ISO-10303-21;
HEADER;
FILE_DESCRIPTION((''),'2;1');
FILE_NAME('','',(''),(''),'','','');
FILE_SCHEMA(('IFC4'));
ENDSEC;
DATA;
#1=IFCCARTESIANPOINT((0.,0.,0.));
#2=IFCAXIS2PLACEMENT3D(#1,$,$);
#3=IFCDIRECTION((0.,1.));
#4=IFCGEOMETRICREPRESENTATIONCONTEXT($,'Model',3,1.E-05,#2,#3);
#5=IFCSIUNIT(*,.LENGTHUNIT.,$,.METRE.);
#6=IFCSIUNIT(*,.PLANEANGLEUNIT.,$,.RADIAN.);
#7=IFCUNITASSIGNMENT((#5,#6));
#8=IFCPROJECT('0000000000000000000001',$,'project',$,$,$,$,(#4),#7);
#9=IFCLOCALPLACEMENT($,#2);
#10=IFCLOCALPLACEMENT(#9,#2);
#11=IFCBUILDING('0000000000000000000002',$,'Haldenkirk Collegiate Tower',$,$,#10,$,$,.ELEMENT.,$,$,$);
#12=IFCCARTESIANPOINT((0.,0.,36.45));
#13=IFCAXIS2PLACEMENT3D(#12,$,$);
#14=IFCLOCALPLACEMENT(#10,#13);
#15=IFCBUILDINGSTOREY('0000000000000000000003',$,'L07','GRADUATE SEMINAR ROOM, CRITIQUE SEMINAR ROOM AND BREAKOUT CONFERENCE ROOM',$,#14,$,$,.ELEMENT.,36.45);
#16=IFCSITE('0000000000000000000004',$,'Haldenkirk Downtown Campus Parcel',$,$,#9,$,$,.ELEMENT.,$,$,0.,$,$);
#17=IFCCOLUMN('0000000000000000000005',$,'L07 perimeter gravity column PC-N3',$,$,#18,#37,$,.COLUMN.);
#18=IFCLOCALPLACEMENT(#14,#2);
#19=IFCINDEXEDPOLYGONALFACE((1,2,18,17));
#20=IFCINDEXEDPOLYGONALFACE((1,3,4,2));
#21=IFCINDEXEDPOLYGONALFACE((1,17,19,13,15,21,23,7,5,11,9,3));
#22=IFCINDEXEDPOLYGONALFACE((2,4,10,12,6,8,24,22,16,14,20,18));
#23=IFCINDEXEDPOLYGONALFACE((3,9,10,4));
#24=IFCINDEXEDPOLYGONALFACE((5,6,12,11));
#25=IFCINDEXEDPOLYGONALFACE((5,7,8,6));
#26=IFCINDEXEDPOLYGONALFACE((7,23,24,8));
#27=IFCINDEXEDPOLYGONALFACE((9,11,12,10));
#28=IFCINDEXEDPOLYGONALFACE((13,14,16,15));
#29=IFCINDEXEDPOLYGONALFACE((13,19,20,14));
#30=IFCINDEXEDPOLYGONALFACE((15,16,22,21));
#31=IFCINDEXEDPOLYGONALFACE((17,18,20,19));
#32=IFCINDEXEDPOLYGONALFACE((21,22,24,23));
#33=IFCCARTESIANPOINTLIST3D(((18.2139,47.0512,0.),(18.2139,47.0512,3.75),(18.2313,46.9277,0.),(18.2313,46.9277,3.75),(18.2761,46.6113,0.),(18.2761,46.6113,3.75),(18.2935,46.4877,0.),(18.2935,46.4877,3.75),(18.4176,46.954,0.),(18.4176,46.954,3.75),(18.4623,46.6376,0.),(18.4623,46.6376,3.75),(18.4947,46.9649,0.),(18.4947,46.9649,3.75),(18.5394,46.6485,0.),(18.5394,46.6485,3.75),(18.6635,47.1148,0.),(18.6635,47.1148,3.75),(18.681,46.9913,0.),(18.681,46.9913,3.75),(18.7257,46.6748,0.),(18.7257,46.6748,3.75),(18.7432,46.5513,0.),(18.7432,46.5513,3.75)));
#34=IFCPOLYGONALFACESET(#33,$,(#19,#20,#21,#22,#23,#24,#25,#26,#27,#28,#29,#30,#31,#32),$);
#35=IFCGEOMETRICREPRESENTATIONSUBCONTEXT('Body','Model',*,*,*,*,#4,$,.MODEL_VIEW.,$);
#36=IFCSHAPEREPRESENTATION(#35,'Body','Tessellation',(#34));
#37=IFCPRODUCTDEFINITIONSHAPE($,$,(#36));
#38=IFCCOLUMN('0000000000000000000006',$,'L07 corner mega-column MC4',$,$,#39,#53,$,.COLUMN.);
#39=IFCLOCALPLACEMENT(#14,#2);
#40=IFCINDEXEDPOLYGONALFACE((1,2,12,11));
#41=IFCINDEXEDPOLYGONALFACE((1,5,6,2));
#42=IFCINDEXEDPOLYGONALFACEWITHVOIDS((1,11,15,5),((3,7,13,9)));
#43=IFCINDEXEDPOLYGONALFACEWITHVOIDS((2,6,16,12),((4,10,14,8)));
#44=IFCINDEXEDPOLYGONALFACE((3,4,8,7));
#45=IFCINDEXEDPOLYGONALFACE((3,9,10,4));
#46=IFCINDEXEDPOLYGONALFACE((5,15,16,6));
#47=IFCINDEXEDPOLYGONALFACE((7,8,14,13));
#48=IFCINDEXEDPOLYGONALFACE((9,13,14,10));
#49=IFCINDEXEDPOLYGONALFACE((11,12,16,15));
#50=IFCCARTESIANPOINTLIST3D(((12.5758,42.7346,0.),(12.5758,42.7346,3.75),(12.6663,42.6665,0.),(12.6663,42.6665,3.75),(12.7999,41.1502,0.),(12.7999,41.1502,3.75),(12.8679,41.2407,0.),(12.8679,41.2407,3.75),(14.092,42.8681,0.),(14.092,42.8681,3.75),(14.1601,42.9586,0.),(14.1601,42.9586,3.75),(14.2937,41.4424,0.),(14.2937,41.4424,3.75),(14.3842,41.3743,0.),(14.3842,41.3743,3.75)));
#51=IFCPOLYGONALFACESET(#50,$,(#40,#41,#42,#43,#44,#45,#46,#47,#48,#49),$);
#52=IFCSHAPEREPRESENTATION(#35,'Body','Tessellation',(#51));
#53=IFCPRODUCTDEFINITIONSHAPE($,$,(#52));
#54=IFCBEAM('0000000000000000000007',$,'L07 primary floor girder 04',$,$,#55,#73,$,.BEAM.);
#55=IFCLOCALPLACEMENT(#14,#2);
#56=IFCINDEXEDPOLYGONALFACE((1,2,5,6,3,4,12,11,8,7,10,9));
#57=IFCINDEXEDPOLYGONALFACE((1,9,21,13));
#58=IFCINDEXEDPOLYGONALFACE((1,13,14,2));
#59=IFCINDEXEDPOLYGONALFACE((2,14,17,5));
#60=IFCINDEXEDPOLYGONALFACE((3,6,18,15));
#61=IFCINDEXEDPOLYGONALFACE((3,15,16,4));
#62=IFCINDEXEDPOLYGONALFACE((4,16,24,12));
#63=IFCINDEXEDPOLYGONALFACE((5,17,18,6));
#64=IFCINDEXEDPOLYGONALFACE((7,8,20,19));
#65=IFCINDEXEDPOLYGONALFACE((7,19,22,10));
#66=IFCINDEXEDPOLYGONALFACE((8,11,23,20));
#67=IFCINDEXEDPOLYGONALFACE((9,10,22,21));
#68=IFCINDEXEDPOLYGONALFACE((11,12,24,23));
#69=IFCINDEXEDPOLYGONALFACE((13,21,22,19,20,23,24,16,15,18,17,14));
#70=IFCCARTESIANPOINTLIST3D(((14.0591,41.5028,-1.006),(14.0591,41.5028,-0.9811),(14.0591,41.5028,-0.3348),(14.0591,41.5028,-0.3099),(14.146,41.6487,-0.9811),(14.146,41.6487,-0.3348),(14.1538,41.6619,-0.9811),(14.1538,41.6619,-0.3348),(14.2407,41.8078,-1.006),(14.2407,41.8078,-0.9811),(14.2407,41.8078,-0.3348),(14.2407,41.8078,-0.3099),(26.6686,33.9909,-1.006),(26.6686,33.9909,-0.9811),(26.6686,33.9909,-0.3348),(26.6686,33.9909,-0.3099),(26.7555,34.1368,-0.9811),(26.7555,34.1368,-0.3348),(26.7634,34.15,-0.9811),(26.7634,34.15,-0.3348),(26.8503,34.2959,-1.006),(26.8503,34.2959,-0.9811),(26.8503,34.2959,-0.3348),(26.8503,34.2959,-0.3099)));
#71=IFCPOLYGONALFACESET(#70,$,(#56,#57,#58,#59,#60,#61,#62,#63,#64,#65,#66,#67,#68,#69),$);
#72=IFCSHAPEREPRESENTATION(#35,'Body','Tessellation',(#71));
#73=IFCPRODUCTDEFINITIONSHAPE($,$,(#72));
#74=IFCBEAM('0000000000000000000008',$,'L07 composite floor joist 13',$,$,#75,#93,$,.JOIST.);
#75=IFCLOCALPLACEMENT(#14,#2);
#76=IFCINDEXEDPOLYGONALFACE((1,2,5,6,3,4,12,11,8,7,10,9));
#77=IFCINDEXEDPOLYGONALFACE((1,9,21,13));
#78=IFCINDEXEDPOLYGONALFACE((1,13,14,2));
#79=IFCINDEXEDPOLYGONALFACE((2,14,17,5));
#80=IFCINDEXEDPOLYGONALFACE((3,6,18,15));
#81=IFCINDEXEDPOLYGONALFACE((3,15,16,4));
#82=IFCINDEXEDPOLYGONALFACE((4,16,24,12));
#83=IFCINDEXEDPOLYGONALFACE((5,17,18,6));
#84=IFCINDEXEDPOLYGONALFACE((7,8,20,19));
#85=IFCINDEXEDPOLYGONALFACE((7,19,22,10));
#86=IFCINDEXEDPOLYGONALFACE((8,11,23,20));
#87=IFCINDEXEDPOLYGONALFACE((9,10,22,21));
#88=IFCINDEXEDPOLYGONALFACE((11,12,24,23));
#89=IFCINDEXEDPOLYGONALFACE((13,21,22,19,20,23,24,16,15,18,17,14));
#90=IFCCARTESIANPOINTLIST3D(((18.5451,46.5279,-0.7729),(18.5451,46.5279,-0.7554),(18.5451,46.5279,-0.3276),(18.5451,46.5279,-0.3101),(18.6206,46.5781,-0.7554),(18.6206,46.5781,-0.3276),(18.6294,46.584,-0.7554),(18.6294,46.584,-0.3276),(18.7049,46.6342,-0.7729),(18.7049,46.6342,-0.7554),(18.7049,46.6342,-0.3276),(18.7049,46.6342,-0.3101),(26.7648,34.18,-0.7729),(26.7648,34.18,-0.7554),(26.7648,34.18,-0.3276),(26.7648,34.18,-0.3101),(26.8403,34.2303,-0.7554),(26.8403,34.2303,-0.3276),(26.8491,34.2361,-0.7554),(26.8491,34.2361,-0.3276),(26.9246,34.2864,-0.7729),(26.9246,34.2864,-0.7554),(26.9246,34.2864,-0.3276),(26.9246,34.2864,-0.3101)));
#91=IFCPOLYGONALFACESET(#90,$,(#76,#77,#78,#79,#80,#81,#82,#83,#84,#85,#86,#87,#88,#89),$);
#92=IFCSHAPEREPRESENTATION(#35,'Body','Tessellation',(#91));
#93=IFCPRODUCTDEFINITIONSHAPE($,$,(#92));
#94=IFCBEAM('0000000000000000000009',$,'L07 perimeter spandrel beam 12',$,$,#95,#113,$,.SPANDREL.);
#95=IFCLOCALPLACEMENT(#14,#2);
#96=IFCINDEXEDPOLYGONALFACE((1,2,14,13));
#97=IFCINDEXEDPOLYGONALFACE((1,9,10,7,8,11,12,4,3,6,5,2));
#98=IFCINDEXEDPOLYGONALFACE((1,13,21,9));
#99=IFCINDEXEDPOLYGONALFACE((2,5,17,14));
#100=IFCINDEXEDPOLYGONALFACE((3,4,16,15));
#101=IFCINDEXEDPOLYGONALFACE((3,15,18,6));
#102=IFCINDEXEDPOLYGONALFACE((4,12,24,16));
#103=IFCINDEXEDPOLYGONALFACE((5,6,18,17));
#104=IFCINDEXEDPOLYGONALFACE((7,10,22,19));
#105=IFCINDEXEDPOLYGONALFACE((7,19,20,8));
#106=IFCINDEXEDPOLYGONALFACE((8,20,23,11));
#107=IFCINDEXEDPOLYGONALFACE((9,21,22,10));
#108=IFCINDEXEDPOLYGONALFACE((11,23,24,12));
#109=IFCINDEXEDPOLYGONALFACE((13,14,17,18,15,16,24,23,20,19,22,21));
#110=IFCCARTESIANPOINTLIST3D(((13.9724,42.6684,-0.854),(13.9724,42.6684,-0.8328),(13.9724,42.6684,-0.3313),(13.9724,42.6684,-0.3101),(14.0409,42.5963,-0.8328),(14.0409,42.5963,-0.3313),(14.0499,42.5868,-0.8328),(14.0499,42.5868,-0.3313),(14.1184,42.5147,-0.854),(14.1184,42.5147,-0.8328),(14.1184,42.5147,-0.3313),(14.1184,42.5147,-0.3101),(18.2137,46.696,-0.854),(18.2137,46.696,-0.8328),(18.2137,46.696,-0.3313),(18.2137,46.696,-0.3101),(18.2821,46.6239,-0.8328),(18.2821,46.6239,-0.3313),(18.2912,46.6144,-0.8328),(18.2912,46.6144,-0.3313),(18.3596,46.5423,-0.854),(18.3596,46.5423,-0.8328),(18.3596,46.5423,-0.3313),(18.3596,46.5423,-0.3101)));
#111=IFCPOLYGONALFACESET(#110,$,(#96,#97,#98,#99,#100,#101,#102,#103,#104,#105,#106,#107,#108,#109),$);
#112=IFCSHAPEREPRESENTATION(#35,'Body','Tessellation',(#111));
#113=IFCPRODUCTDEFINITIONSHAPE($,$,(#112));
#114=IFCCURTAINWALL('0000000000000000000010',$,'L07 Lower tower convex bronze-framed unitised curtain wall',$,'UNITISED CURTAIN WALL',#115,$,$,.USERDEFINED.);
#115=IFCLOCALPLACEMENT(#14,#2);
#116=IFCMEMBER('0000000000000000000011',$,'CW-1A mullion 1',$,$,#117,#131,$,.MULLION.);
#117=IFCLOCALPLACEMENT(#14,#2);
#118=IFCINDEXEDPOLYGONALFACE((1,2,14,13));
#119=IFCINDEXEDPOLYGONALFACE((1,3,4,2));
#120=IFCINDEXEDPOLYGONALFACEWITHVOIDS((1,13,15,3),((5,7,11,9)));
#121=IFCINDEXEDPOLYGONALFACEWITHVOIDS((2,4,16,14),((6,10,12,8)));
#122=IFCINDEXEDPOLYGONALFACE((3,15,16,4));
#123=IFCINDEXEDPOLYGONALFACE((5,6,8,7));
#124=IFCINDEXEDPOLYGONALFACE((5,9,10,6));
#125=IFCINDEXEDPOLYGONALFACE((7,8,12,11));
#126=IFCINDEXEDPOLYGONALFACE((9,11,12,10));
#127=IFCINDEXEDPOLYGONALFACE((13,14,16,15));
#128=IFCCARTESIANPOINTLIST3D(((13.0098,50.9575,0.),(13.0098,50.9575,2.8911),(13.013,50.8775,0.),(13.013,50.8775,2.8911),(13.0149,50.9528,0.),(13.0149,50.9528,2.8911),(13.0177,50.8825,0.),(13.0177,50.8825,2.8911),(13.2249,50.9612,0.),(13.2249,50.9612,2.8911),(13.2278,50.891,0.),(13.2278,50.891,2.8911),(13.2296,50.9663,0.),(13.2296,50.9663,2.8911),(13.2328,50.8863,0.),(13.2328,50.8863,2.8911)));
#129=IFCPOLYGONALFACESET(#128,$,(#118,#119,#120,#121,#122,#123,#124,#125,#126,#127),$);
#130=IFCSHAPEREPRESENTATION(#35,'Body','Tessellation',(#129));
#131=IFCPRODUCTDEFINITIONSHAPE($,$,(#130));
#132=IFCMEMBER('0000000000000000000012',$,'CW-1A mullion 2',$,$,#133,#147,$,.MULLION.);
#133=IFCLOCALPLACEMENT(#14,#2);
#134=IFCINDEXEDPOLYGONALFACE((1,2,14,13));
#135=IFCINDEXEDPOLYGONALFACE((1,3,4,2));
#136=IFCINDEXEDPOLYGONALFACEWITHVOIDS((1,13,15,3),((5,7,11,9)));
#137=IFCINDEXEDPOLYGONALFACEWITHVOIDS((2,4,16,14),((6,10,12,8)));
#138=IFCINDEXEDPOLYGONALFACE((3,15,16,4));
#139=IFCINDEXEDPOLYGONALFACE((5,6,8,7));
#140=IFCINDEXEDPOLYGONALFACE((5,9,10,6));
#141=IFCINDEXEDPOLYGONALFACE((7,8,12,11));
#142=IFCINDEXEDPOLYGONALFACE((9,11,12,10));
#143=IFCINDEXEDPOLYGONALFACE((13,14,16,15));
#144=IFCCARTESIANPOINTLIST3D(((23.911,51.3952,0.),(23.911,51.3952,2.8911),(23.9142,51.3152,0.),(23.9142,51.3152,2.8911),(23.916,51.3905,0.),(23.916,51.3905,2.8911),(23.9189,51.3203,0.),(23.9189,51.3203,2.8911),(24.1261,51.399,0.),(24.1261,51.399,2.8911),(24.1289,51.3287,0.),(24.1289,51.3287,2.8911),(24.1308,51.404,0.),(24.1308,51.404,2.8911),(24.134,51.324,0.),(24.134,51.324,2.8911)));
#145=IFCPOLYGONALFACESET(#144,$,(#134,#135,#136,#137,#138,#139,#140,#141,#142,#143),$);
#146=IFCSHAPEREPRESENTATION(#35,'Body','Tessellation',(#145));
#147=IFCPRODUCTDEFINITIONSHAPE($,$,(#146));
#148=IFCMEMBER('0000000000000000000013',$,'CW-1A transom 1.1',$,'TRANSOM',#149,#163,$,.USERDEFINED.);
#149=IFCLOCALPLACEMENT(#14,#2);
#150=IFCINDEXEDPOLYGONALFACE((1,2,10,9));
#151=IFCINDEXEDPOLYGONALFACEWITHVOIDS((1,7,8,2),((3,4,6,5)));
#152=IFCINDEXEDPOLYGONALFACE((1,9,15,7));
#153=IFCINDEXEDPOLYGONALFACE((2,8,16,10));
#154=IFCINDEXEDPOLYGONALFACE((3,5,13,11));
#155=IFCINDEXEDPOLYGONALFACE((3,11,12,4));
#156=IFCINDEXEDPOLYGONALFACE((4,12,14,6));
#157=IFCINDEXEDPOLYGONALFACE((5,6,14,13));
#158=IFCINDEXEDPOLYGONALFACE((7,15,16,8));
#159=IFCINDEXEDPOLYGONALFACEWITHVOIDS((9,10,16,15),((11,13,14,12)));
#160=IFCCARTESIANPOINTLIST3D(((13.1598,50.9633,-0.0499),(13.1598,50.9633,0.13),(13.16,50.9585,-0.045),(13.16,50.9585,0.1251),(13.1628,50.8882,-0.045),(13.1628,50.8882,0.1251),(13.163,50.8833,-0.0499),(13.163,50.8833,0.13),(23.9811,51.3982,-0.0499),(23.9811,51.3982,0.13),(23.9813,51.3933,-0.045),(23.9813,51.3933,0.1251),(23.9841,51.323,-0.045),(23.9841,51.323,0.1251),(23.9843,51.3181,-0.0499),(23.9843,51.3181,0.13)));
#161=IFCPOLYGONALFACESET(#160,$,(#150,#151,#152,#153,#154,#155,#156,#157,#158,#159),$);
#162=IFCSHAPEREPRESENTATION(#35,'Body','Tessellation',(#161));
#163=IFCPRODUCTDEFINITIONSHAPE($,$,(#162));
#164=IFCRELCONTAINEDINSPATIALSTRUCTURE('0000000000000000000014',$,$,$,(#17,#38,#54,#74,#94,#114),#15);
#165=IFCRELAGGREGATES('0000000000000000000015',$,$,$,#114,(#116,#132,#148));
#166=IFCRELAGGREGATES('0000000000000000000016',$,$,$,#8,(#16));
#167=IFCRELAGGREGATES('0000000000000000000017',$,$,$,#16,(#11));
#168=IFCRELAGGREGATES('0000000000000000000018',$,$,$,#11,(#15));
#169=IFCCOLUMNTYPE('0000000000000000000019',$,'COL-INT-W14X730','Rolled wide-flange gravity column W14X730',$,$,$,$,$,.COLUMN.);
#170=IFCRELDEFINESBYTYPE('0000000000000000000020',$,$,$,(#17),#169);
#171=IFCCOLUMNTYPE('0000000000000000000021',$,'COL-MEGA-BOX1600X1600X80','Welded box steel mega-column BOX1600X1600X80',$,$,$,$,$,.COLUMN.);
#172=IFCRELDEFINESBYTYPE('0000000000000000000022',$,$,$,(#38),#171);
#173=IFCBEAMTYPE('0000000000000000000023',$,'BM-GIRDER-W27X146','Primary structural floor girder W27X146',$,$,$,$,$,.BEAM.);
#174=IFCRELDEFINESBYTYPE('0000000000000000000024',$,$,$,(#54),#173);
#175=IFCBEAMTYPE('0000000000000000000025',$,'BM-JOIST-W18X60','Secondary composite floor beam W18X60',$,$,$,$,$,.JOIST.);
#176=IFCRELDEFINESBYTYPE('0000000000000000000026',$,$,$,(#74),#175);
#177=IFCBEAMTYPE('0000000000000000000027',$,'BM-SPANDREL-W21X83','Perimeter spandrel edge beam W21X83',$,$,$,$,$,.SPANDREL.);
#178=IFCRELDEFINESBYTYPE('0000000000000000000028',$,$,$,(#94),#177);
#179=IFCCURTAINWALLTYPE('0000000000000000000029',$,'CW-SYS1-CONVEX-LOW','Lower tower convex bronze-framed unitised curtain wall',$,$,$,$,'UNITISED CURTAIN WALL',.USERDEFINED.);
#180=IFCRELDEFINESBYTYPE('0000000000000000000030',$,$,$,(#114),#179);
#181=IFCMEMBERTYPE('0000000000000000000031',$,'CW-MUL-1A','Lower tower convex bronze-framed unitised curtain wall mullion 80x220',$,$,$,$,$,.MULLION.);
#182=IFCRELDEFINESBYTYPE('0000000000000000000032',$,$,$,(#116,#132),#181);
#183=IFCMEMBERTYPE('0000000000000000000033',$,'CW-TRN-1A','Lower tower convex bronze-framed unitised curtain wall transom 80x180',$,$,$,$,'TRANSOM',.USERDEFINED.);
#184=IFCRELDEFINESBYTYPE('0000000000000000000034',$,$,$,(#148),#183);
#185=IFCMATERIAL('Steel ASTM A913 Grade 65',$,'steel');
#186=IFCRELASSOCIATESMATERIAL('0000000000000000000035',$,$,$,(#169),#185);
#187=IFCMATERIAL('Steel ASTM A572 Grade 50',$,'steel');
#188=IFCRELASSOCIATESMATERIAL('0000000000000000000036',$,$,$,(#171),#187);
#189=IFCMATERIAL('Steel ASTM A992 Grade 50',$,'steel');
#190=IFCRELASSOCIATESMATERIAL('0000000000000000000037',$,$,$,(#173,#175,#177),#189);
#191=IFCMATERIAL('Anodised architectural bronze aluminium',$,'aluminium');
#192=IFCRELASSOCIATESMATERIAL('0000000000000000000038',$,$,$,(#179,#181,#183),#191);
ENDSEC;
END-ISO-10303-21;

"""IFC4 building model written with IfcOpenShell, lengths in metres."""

from ifc_helpers import new_model, si_unit, direction, frame, origin, origin_2d, place, context, subcontext, project, spatial, hollow_rectangle, i_section, extrude, material, material_profile, profile_set, type_object, element, aggregate, save


model = new_model("IFC4")

# Units and contexts
model_context = context("Model", 3, precision=1e-05, world=origin(), true_north=direction((0.0, 1.0)))
body_context = subcontext(model_context, "Body", "Model", "MODEL_VIEW")
ifc_project = project(units=[si_unit("LENGTHUNIT", "METRE"), si_unit("PLANEANGLEUNIT", "RADIAN")], contexts=[model_context])

# Site, building, storey
site_placement = place(None, origin())
site = spatial("IfcSite", under=ifc_project, at=site_placement, Name="Haldenkirk Downtown Campus Parcel", CompositionType="ELEMENT", RefElevation=0.0)
building_placement = place(site_placement, origin())
building = spatial("IfcBuilding", under=site, at=building_placement, Name="Haldenkirk Collegiate Tower", CompositionType="ELEMENT")
storey_placement = place(building_placement, frame((0.0, 0.0, 36.45)))
storey = spatial("IfcBuildingStorey", under=building, at=storey_placement, Name="L07", Description="GRADUATE SEMINAR ROOM, CRITIQUE SEMINAR ROOM AND BREAKOUT CONFERENCE ROOM", CompositionType="ELEMENT", Elevation=36.45)

# Columns
ifc_material_1 = material(Name="Steel ASTM A913 Grade 65", Category="steel")
ifc_material_profile_1 = material_profile(ifc_material_1, i_section(OverallWidth=0.4541, OverallDepth=0.5691, WebThickness=0.0779, FlangeThickness=0.1248, at=origin_2d()), Name="W14X730")
ifc_profile_set_1 = profile_set([ifc_material_profile_1], Name="Steel ASTM A913 Grade 65")
column_type_1 = type_object("IfcColumnType", Name="COL-INT-W14X730", Description="Rolled wide-flange gravity column W14X730", PredefinedType="COLUMN", material=ifc_profile_set_1)
column_1_placement = place(storey_placement, frame((18.4785, 46.8013, 0.0), z_axis=(0.0, 0.0, 1.0), x_axis=(0.990146, 0.140037, 0.0)))
element("IfcColumn", 1, at=column_1_placement, inside=storey, type_object=column_type_1, Name="L07 perimeter gravity column PC-N3", PredefinedType="COLUMN", context=body_context, shape_type="SweptSolid", body=[
    extrude(i_section(OverallWidth=0.4541, OverallDepth=0.5691, WebThickness=0.0779, FlangeThickness=0.1248, at=origin_2d()), origin(), (0.0, 0.0, 1.0), 3.75),
])
ifc_material_2 = material(Name="Steel ASTM A572 Grade 50", Category="steel")
ifc_material_profile_2 = material_profile(ifc_material_2, hollow_rectangle(XDim=1.6001, YDim=1.6001, WallThickness=0.0801, at=origin_2d()), Name="BOX1600X1600X80")
ifc_profile_set_2 = profile_set([ifc_material_profile_2], Name="Steel ASTM A572 Grade 50")
column_type_2 = type_object("IfcColumnType", Name="COL-MEGA-BOX1600X1600X80", Description="Welded box steel mega-column BOX1600X1600X80", PredefinedType="COLUMN", material=ifc_profile_set_2)
column_2_placement = place(storey_placement, frame((13.48, 42.0544, 0.0), z_axis=(0.0, 0.0, 1.0), x_axis=(0.990146, 0.140037, 0.0)))
element("IfcColumn", 2, at=column_2_placement, inside=storey, type_object=column_type_2, Name="L07 corner mega-column MC4", PredefinedType="COLUMN", context=body_context, shape_type="SweptSolid", body=[
    extrude(hollow_rectangle(XDim=1.6001, YDim=1.6001, WallThickness=0.0801, at=origin_2d()), origin(), (0.0, 0.0, 1.0), 3.75),
])

# Beams
ifc_material_3 = material(Name="Steel ASTM A992 Grade 50", Category="steel")
ifc_material_profile_3 = material_profile(ifc_material_3, i_section(OverallWidth=0.355, OverallDepth=0.696, WebThickness=0.0154, FlangeThickness=0.0249, at=origin_2d()), Name="W27X146")
ifc_profile_set_3 = profile_set([ifc_material_profile_3], Name="Steel ASTM A992 Grade 50")
beam_type_1 = type_object("IfcBeamType", Name="BM-GIRDER-W27X146", Description="Primary structural floor girder W27X146", PredefinedType="BEAM", material=ifc_profile_set_3)
beam_1_placement = place(storey_placement, frame((14.1499, 41.6553, -0.658), z_axis=(0.859106, -0.511798, 0.0), x_axis=(0.511798, 0.859106, 0.0)))
element("IfcBeam", 3, at=beam_1_placement, inside=storey, type_object=beam_type_1, Name="L07 primary floor girder 04", PredefinedType="BEAM", context=body_context, shape_type="SweptSolid", body=[
    extrude(i_section(OverallWidth=0.355, OverallDepth=0.696, WebThickness=0.0154, FlangeThickness=0.0249, at=origin_2d()), origin(), (0.0, 0.0, 1.0), 14.6775),
])
ifc_material_profile_4 = material_profile(ifc_material_3, i_section(OverallWidth=0.1919, OverallDepth=0.4629, WebThickness=0.0105, FlangeThickness=0.0176, at=origin_2d()), Name="W18X60")
ifc_profile_set_4 = profile_set([ifc_material_profile_4], Name="Steel ASTM A992 Grade 50")
beam_type_2 = type_object("IfcBeamType", Name="BM-JOIST-W18X60", Description="Secondary composite floor beam W18X60", PredefinedType="JOIST", material=ifc_profile_set_4)
beam_2_placement = place(storey_placement, frame((18.625, 46.5811, -0.5415), z_axis=(0.55413, -0.83243, 0.0), x_axis=(0.83243, 0.55413, 0.0)))
element("IfcBeam", 4, at=beam_2_placement, inside=storey, type_object=beam_type_2, Name="L07 composite floor joist 13", PredefinedType="JOIST", context=body_context, shape_type="SweptSolid", body=[
    extrude(i_section(OverallWidth=0.1919, OverallDepth=0.4629, WebThickness=0.0105, FlangeThickness=0.0176, at=origin_2d()), origin(), (0.0, 0.0, 1.0), 14.8335),
])
ifc_material_profile_5 = material_profile(ifc_material_3, i_section(OverallWidth=0.2119, OverallDepth=0.5439, WebThickness=0.0132, FlangeThickness=0.0212, at=origin_2d()), Name="W21X83")
ifc_profile_set_5 = profile_set([ifc_material_profile_5], Name="Steel ASTM A992 Grade 50")
beam_type_3 = type_object("IfcBeamType", Name="BM-SPANDREL-W21X83", Description="Perimeter spandrel edge beam W21X83", PredefinedType="SPANDREL", material=ifc_profile_set_5)
beam_3_placement = place(storey_placement, frame((18.2866, 46.6191, -0.582), z_axis=(-0.725133, -0.688609, 0.0), x_axis=(0.688609, -0.725133, 0.0)))
element("IfcBeam", 5, at=beam_3_placement, inside=storey, type_object=beam_type_3, Name="L07 perimeter spandrel beam 12", PredefinedType="SPANDREL", context=body_context, shape_type="SweptSolid", body=[
    extrude(i_section(OverallWidth=0.2119, OverallDepth=0.5439, WebThickness=0.0132, FlangeThickness=0.0212, at=origin_2d()), origin(), (0.0, 0.0, 1.0), 5.8489),
])

# Curtain wall, members
ifc_material_4 = material(Name="Anodised architectural bronze aluminium", Category="aluminium")
curtain_wall_type = type_object("IfcCurtainWallType", Name="CW-SYS1-CONVEX-LOW", Description="Lower tower convex bronze-framed unitised curtain wall", ElementType="UNITISED CURTAIN WALL", PredefinedType="USERDEFINED", material=ifc_material_4)
curtain_wall_placement = place(storey_placement, origin())
curtain_wall = element("IfcCurtainWall", 6, at=curtain_wall_placement, inside=storey, type_object=curtain_wall_type, Name="L07 Lower tower convex bronze-framed unitised curtain wall", ObjectType="UNITISED CURTAIN WALL", PredefinedType="USERDEFINED")
ifc_material_profile_6 = material_profile(ifc_material_4, hollow_rectangle(XDim=0.0801, YDim=0.22, WallThickness=0.0049, at=origin_2d()), Name="CW-MUL-1A")
ifc_profile_set_6 = profile_set([ifc_material_profile_6], Name="Anodised architectural bronze aluminium")
member_type_1 = type_object("IfcMemberType", Name="CW-MUL-1A", Description="Lower tower convex bronze-framed unitised curtain wall mullion 80x220", PredefinedType="MULLION", material=ifc_profile_set_6)
member_1_placement = place(storey_placement, frame((13.1213, 50.9219, 0.0), z_axis=(0.0, 0.0, 1.0), x_axis=(-0.040135, 0.999194, 0.0)))
member_1 = element("IfcMember", 7, at=member_1_placement, type_object=member_type_1, Name="CW-1A mullion 1", PredefinedType="MULLION", context=body_context, shape_type="SweptSolid", body=[
    extrude(hollow_rectangle(XDim=0.0801, YDim=0.22, WallThickness=0.0049, at=origin_2d()), origin(), (0.0, 0.0, 1.0), 2.8911),
])
member_2_placement = place(storey_placement, frame((24.0225, 51.3596, 0.0), z_axis=(0.0, 0.0, 1.0), x_axis=(-0.040135, 0.999194, 0.0)))
member_2 = element("IfcMember", 8, at=member_2_placement, type_object=member_type_1, Name="CW-1A mullion 2", PredefinedType="MULLION", context=body_context, shape_type="SweptSolid", body=[
    extrude(hollow_rectangle(XDim=0.0801, YDim=0.22, WallThickness=0.0049, at=origin_2d()), origin(), (0.0, 0.0, 1.0), 2.8911),
])
ifc_material_profile_7 = material_profile(ifc_material_4, hollow_rectangle(XDim=0.0801, YDim=0.1799, WallThickness=0.0049, at=origin_2d()), Name="CW-TRN-1A")
ifc_profile_set_7 = profile_set([ifc_material_profile_7], Name="Anodised architectural bronze aluminium")
member_type_2 = type_object("IfcMemberType", Name="CW-TRN-1A", Description="Lower tower convex bronze-framed unitised curtain wall transom 80x180", ElementType="TRANSOM", PredefinedType="USERDEFINED", material=ifc_profile_set_7)
member_3_placement = place(storey_placement, frame((13.1614, 50.9233, 0.04), z_axis=(0.999194, 0.040149, 0.0), x_axis=(-0.040149, 0.999194, 0.0)))
member_3 = element("IfcMember", 9, at=member_3_placement, type_object=member_type_2, Name="CW-1A transom 1.1", ObjectType="TRANSOM", PredefinedType="USERDEFINED", context=body_context, shape_type="SweptSolid", body=[
    extrude(hollow_rectangle(XDim=0.0801, YDim=0.1799, WallThickness=0.0049, at=origin_2d()), origin(), (0.0, 0.0, 1.0), 10.8301),
])
aggregate(curtain_wall, [member_1, member_2, member_3])

save(model, "model.ifc")
